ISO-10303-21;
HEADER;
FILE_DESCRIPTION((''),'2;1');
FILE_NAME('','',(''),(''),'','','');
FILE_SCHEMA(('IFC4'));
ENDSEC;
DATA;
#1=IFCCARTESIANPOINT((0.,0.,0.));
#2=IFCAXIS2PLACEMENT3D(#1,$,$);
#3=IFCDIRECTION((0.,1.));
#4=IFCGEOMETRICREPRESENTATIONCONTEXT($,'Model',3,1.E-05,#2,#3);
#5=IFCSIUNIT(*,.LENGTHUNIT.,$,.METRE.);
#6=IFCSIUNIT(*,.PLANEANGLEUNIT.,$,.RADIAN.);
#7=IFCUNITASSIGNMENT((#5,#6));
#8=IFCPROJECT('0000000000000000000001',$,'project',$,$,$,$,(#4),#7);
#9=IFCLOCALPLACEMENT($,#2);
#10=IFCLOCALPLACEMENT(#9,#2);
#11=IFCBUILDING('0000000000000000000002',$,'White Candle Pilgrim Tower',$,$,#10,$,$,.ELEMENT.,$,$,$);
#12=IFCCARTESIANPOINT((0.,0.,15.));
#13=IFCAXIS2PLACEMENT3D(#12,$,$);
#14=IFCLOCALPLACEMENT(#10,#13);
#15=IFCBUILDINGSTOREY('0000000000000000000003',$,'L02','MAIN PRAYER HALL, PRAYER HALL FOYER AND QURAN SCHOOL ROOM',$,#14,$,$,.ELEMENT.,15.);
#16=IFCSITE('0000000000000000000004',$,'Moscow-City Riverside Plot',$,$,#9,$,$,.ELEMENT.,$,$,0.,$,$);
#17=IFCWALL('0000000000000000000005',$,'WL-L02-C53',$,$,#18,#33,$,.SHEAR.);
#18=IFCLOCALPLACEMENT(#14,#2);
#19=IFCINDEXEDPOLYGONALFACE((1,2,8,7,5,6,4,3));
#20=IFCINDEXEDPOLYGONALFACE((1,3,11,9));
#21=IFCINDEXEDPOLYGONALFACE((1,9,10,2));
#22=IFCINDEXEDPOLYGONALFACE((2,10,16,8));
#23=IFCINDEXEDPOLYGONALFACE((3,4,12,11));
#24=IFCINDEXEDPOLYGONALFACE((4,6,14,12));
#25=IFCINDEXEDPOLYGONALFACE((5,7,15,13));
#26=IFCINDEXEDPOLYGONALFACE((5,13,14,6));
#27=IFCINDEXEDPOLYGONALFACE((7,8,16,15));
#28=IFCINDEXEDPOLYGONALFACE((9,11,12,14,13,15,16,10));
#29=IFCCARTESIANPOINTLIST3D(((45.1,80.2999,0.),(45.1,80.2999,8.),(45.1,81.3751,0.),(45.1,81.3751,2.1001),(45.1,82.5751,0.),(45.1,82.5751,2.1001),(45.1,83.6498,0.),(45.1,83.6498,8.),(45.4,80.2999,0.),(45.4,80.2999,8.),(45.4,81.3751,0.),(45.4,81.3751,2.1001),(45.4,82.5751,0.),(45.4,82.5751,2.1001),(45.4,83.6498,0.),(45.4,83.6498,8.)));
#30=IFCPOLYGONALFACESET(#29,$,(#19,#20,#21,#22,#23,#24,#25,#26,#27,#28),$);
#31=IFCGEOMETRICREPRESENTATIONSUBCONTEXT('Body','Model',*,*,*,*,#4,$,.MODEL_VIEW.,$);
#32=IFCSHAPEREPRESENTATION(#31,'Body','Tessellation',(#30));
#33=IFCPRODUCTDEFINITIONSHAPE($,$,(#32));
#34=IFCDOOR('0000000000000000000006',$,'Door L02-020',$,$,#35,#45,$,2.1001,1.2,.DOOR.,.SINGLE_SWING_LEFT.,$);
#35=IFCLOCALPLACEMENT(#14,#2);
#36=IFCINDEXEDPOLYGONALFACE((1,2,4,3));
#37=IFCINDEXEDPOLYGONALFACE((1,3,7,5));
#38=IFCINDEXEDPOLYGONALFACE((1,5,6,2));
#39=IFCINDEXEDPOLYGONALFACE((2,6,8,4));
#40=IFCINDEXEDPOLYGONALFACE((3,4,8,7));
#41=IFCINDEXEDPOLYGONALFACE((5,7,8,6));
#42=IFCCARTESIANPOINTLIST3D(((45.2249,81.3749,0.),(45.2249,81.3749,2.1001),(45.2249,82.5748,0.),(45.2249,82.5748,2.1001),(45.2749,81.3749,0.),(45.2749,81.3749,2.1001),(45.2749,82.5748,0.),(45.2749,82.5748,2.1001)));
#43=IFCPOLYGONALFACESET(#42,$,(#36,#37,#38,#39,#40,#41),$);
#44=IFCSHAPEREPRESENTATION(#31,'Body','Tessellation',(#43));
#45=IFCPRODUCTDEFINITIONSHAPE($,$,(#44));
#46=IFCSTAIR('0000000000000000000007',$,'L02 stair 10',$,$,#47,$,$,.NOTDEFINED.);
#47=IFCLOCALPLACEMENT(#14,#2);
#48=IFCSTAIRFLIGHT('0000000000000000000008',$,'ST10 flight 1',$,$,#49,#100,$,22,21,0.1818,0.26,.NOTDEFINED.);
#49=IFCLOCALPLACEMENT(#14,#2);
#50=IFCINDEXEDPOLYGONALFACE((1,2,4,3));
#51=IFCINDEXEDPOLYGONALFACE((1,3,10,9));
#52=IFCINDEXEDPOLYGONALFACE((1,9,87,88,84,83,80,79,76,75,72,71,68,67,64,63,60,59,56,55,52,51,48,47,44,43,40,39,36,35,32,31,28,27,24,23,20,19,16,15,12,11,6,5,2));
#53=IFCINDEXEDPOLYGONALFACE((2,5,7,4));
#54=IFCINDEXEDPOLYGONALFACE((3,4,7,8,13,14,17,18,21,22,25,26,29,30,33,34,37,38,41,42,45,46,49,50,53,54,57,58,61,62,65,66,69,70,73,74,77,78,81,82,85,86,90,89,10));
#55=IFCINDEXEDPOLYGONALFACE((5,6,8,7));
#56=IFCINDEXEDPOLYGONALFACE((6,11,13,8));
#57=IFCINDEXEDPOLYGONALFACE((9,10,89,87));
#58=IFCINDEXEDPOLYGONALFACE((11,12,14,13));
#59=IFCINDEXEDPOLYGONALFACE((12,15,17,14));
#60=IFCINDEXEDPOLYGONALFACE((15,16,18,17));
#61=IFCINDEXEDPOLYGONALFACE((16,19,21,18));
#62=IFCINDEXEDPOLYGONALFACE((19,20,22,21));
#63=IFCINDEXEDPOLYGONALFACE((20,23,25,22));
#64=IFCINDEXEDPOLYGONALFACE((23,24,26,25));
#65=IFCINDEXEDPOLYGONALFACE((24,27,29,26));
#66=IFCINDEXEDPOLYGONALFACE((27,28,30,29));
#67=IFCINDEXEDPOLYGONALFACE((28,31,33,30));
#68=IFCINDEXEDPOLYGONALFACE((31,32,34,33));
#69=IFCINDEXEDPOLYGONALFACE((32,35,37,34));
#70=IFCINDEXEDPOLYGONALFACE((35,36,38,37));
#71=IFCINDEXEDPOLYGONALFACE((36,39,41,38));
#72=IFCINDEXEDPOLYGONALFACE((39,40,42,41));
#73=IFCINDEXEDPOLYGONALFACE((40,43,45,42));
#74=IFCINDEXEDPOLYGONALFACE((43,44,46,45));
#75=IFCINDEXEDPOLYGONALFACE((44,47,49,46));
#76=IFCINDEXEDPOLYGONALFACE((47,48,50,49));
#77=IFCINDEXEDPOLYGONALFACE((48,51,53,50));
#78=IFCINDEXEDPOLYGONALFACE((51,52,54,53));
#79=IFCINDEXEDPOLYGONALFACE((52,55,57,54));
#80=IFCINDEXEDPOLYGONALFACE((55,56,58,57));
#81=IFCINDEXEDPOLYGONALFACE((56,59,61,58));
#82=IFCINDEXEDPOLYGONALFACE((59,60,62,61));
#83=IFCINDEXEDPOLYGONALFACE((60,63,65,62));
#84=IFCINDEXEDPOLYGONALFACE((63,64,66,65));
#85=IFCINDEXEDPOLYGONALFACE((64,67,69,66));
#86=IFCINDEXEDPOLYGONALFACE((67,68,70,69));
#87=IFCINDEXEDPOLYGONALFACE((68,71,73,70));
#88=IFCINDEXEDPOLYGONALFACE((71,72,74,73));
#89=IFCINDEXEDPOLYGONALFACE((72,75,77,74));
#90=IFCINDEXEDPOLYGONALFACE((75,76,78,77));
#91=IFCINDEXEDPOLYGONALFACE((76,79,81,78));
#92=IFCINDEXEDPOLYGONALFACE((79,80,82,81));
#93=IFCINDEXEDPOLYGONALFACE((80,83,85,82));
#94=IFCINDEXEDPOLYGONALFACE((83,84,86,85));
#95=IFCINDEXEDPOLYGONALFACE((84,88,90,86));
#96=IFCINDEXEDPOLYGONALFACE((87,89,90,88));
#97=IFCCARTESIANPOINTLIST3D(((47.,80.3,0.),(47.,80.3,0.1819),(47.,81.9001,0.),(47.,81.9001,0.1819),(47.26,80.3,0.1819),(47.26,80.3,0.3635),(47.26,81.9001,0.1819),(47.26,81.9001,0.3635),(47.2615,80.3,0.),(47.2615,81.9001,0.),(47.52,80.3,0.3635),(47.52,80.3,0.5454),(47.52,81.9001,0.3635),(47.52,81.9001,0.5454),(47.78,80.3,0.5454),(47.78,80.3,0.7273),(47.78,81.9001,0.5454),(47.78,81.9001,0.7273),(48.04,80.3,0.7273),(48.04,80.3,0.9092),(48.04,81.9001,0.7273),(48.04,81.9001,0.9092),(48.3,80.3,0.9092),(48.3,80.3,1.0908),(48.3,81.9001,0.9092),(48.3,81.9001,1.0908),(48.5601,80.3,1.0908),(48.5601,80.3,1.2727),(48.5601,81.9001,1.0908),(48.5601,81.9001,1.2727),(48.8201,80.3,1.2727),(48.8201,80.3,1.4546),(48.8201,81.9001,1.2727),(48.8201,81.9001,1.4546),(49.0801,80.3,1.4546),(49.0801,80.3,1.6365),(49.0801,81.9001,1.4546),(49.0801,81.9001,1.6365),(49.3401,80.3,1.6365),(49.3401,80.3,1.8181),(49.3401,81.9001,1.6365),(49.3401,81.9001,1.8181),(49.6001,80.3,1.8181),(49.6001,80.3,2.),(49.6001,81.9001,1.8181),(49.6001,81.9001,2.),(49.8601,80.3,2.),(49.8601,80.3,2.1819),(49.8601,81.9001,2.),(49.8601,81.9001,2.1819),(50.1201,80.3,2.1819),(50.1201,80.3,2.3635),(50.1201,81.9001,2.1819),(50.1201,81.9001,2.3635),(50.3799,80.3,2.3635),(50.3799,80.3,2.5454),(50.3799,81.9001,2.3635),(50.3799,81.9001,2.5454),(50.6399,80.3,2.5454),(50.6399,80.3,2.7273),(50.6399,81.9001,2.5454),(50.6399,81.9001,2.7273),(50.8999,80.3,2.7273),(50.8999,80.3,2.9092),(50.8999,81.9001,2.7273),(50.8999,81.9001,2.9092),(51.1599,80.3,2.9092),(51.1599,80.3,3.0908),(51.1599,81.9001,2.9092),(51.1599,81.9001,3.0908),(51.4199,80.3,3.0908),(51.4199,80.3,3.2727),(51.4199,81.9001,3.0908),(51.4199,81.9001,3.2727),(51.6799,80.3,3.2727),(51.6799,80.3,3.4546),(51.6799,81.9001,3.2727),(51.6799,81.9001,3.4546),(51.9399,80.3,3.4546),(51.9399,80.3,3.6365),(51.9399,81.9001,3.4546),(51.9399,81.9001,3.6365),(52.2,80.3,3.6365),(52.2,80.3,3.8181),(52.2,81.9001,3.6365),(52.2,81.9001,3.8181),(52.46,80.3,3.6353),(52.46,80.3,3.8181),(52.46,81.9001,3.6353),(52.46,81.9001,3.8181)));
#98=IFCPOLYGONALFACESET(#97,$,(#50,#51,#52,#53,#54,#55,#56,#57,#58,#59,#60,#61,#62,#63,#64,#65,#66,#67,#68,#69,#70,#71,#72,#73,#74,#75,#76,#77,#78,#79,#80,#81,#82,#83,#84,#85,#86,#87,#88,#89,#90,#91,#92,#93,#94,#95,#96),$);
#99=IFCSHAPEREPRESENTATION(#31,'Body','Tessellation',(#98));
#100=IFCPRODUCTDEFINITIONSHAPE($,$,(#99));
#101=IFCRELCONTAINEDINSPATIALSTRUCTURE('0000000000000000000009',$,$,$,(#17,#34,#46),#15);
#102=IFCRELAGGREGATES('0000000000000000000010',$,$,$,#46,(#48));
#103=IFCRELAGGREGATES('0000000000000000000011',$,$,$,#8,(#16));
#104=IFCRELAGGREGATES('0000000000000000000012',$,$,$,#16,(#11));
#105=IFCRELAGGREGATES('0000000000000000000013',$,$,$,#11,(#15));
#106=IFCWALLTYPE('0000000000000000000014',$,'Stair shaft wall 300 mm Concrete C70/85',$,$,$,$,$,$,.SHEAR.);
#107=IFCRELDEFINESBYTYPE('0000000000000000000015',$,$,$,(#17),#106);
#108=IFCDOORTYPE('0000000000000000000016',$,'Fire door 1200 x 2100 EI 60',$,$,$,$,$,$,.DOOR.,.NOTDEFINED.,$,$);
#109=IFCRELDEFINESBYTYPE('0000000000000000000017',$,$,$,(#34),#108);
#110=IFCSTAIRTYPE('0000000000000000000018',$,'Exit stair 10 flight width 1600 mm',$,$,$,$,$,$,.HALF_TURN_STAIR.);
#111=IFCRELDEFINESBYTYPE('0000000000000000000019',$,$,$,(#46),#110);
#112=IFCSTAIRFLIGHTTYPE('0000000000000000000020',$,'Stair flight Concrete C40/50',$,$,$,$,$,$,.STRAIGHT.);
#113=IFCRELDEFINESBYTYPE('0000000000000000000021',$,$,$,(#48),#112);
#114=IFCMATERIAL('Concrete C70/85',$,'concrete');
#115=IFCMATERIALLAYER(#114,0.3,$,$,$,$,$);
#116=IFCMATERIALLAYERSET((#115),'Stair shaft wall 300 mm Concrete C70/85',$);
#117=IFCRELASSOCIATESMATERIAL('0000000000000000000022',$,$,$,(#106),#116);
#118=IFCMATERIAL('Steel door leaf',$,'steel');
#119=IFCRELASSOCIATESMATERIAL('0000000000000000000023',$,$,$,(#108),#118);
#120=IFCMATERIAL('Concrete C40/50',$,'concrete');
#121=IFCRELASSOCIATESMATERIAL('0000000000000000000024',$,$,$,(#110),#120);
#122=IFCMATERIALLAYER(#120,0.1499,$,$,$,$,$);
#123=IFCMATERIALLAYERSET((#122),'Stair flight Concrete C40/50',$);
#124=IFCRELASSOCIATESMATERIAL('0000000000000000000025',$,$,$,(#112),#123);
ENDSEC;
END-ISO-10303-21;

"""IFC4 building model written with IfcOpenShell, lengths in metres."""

from ifc_helpers import new_model, si_unit, direction, frame, frame_2d, origin, place, context, subcontext, project, spatial, polyline, rectangle, outline, extrude, material, layer, layer_set, type_object, element, fill, aggregate, save


model = new_model("IFC4")

# Units and contexts
model_context = context("Model", 3, precision=1e-05, world=origin(), true_north=direction((0.0, 1.0)))
body_context = subcontext(model_context, "Body", "Model", "MODEL_VIEW")
ifc_project = project(units=[si_unit("LENGTHUNIT", "METRE"), si_unit("PLANEANGLEUNIT", "RADIAN")], contexts=[model_context])

# Site, building, storey
site_placement = place(None, origin())
site = spatial("IfcSite", under=ifc_project, at=site_placement, Name="Moscow-City Riverside Plot", CompositionType="ELEMENT", RefElevation=0.0)
building_placement = place(site_placement, origin())
building = spatial("IfcBuilding", under=site, at=building_placement, Name="White Candle Pilgrim Tower", CompositionType="ELEMENT")
storey_placement = place(building_placement, frame((0.0, 0.0, 15.0)))
storey = spatial("IfcBuildingStorey", under=building, at=storey_placement, Name="L02", Description="MAIN PRAYER HALL, PRAYER HALL FOYER AND QURAN SCHOOL ROOM", CompositionType="ELEMENT", Elevation=15.0)

# Wall, opening, door
ifc_material_1 = material(Name="Concrete C70/85", Category="concrete")
ifc_layer_1 = layer(ifc_material_1, 0.3)
ifc_layer_set_1 = layer_set([ifc_layer_1], Name="Stair shaft wall 300 mm Concrete C70/85")
wall_type_1 = type_object("IfcWallType", Name="Stair shaft wall 300 mm Concrete C70/85", PredefinedType="SHEAR", material=ifc_layer_set_1)
wall_1_placement = place(storey_placement, frame((45.25, 80.3, 0.0), z_axis=(0.0, 0.0, 1.0), x_axis=(0.0, 1.0, 0.0)))
wall_1 = element("IfcWall", 1, at=wall_1_placement, inside=storey, type_object=wall_type_1, Name="WL-L02-C53", PredefinedType="SHEAR", context=body_context, shape_type="SweptSolid", body=[
    extrude(rectangle(XDim=3.3499, YDim=0.3, at=frame_2d((1.6748, 0.0))), origin(), (0.0, 0.0, 1.0), 8.0),
])
opening_placement = place(wall_1_placement, frame((1.075, 0.0, 0.0)))
opening = element("IfcOpeningElement", 2, at=opening_placement, cuts=wall_1, PredefinedType="OPENING", context=body_context, shape_type="SweptSolid", body=[
    extrude(rectangle(XDim=1.2, YDim=2.1001, at=frame_2d((0.6001, 1.05))), frame((0.0, 0.1599, 0.0), z_axis=(0.0, -1.0, 0.0), x_axis=(1.0, 0.0, 0.0)), (0.0, 0.0, 1.0), 0.3201),
])
ifc_material_2 = material(Name="Steel door leaf", Category="steel")
door_type = type_object("IfcDoorType", Name="Fire door 1200 x 2100 EI 60", OperationType="NOTDEFINED", PredefinedType="DOOR", material=ifc_material_2)
door_placement = place(opening_placement, frame((1.2, 0.0, 0.0), z_axis=(0.0, 0.0, 1.0), x_axis=(-1.0, 0.0, 0.0)))
door = element("IfcDoor", 3, at=door_placement, inside=storey, type_object=door_type, Name="Door L02-020", OperationType="SINGLE_SWING_LEFT", OverallHeight=2.1001, OverallWidth=1.2, PredefinedType="DOOR", context=body_context, shape_type="SweptSolid", body=[
    extrude(rectangle(XDim=1.2, YDim=2.1001, at=frame_2d((0.6001, 1.05))), frame((0.0, 0.0249, 0.0), z_axis=(0.0, -1.0, 0.0), x_axis=(1.0, 0.0, 0.0)), (0.0, 0.0, 1.0), 0.05),
])
fill(opening, door)

# Stair, stair flight
ifc_material_3 = material(Name="Concrete C40/50", Category="concrete")
stair_type = type_object("IfcStairType", Name="Exit stair 10 flight width 1600 mm", PredefinedType="HALF_TURN_STAIR", material=ifc_material_3)
stair_placement = place(storey_placement, origin())
stair = element("IfcStair", 4, at=stair_placement, inside=storey, type_object=stair_type, Name="L02 stair 10", PredefinedType="NOTDEFINED")
ifc_layer_2 = layer(ifc_material_3, 0.1499)
ifc_layer_set_2 = layer_set([ifc_layer_2], Name="Stair flight Concrete C40/50")
stair_flight_type = type_object("IfcStairFlightType", Name="Stair flight Concrete C40/50", PredefinedType="STRAIGHT", material=ifc_layer_set_2)
stair_flight_placement = place(storey_placement, frame((47.0, 81.1001, 0.0), z_axis=(0.0, 0.0, 1.0), x_axis=(1.0, 0.0, 0.0)))
stair_flight = element("IfcStairFlight", 5, at=stair_flight_placement, type_object=stair_flight_type, Name="ST10 flight 1", NumberOfRisers=22, NumberOfTreads=21, PredefinedType="NOTDEFINED", RiserHeight=0.1818, TreadLength=0.26, context=body_context, shape_type="SweptSolid", body=[
    extrude(outline(polyline([(0.0, 0.0), (0.0, 0.1819), (0.26, 0.1819), (0.26, 0.3635), (0.52, 0.3635), (0.52, 0.5454), (0.78, 0.5454), (0.78, 0.7273), (1.04, 0.7273), (1.04, 0.9092), (1.3, 0.9092), (1.3, 1.0908), (1.5601, 1.0908), (1.5601, 1.2727), (1.8201, 1.2727), (1.8201, 1.4546), (2.0801, 1.4546), (2.0801, 1.6365), (2.3401, 1.6365), (2.3401, 1.8181), (2.6001, 1.8181), (2.6001, 2.0), (2.8601, 2.0), (2.8601, 2.1819), (3.1201, 2.1819), (3.1201, 2.3635), (3.3799, 2.3635), (3.3799, 2.5454), (3.6399, 2.5454), (3.6399, 2.7273), (3.8999, 2.7273), (3.8999, 2.9092), (4.1599, 2.9092), (4.1599, 3.0908), (4.4199, 3.0908), (4.4199, 3.2727), (4.6799, 3.2727), (4.6799, 3.4546), (4.9399, 3.4546), (4.9399, 3.6365), (5.2, 3.6365), (5.2, 3.8181), (5.46, 3.8181), (5.46, 4.0), (5.46, 3.6353), (0.2615, 0.0), (0.0, 0.0)])), frame((0.0, 0.8, 0.0), z_axis=(0.0, -1.0, 0.0), x_axis=(1.0, 0.0, 0.0)), (0.0, 0.0, 1.0), 1.6001),
])
aggregate(stair, [stair_flight])

save(model, "model.ifc")
